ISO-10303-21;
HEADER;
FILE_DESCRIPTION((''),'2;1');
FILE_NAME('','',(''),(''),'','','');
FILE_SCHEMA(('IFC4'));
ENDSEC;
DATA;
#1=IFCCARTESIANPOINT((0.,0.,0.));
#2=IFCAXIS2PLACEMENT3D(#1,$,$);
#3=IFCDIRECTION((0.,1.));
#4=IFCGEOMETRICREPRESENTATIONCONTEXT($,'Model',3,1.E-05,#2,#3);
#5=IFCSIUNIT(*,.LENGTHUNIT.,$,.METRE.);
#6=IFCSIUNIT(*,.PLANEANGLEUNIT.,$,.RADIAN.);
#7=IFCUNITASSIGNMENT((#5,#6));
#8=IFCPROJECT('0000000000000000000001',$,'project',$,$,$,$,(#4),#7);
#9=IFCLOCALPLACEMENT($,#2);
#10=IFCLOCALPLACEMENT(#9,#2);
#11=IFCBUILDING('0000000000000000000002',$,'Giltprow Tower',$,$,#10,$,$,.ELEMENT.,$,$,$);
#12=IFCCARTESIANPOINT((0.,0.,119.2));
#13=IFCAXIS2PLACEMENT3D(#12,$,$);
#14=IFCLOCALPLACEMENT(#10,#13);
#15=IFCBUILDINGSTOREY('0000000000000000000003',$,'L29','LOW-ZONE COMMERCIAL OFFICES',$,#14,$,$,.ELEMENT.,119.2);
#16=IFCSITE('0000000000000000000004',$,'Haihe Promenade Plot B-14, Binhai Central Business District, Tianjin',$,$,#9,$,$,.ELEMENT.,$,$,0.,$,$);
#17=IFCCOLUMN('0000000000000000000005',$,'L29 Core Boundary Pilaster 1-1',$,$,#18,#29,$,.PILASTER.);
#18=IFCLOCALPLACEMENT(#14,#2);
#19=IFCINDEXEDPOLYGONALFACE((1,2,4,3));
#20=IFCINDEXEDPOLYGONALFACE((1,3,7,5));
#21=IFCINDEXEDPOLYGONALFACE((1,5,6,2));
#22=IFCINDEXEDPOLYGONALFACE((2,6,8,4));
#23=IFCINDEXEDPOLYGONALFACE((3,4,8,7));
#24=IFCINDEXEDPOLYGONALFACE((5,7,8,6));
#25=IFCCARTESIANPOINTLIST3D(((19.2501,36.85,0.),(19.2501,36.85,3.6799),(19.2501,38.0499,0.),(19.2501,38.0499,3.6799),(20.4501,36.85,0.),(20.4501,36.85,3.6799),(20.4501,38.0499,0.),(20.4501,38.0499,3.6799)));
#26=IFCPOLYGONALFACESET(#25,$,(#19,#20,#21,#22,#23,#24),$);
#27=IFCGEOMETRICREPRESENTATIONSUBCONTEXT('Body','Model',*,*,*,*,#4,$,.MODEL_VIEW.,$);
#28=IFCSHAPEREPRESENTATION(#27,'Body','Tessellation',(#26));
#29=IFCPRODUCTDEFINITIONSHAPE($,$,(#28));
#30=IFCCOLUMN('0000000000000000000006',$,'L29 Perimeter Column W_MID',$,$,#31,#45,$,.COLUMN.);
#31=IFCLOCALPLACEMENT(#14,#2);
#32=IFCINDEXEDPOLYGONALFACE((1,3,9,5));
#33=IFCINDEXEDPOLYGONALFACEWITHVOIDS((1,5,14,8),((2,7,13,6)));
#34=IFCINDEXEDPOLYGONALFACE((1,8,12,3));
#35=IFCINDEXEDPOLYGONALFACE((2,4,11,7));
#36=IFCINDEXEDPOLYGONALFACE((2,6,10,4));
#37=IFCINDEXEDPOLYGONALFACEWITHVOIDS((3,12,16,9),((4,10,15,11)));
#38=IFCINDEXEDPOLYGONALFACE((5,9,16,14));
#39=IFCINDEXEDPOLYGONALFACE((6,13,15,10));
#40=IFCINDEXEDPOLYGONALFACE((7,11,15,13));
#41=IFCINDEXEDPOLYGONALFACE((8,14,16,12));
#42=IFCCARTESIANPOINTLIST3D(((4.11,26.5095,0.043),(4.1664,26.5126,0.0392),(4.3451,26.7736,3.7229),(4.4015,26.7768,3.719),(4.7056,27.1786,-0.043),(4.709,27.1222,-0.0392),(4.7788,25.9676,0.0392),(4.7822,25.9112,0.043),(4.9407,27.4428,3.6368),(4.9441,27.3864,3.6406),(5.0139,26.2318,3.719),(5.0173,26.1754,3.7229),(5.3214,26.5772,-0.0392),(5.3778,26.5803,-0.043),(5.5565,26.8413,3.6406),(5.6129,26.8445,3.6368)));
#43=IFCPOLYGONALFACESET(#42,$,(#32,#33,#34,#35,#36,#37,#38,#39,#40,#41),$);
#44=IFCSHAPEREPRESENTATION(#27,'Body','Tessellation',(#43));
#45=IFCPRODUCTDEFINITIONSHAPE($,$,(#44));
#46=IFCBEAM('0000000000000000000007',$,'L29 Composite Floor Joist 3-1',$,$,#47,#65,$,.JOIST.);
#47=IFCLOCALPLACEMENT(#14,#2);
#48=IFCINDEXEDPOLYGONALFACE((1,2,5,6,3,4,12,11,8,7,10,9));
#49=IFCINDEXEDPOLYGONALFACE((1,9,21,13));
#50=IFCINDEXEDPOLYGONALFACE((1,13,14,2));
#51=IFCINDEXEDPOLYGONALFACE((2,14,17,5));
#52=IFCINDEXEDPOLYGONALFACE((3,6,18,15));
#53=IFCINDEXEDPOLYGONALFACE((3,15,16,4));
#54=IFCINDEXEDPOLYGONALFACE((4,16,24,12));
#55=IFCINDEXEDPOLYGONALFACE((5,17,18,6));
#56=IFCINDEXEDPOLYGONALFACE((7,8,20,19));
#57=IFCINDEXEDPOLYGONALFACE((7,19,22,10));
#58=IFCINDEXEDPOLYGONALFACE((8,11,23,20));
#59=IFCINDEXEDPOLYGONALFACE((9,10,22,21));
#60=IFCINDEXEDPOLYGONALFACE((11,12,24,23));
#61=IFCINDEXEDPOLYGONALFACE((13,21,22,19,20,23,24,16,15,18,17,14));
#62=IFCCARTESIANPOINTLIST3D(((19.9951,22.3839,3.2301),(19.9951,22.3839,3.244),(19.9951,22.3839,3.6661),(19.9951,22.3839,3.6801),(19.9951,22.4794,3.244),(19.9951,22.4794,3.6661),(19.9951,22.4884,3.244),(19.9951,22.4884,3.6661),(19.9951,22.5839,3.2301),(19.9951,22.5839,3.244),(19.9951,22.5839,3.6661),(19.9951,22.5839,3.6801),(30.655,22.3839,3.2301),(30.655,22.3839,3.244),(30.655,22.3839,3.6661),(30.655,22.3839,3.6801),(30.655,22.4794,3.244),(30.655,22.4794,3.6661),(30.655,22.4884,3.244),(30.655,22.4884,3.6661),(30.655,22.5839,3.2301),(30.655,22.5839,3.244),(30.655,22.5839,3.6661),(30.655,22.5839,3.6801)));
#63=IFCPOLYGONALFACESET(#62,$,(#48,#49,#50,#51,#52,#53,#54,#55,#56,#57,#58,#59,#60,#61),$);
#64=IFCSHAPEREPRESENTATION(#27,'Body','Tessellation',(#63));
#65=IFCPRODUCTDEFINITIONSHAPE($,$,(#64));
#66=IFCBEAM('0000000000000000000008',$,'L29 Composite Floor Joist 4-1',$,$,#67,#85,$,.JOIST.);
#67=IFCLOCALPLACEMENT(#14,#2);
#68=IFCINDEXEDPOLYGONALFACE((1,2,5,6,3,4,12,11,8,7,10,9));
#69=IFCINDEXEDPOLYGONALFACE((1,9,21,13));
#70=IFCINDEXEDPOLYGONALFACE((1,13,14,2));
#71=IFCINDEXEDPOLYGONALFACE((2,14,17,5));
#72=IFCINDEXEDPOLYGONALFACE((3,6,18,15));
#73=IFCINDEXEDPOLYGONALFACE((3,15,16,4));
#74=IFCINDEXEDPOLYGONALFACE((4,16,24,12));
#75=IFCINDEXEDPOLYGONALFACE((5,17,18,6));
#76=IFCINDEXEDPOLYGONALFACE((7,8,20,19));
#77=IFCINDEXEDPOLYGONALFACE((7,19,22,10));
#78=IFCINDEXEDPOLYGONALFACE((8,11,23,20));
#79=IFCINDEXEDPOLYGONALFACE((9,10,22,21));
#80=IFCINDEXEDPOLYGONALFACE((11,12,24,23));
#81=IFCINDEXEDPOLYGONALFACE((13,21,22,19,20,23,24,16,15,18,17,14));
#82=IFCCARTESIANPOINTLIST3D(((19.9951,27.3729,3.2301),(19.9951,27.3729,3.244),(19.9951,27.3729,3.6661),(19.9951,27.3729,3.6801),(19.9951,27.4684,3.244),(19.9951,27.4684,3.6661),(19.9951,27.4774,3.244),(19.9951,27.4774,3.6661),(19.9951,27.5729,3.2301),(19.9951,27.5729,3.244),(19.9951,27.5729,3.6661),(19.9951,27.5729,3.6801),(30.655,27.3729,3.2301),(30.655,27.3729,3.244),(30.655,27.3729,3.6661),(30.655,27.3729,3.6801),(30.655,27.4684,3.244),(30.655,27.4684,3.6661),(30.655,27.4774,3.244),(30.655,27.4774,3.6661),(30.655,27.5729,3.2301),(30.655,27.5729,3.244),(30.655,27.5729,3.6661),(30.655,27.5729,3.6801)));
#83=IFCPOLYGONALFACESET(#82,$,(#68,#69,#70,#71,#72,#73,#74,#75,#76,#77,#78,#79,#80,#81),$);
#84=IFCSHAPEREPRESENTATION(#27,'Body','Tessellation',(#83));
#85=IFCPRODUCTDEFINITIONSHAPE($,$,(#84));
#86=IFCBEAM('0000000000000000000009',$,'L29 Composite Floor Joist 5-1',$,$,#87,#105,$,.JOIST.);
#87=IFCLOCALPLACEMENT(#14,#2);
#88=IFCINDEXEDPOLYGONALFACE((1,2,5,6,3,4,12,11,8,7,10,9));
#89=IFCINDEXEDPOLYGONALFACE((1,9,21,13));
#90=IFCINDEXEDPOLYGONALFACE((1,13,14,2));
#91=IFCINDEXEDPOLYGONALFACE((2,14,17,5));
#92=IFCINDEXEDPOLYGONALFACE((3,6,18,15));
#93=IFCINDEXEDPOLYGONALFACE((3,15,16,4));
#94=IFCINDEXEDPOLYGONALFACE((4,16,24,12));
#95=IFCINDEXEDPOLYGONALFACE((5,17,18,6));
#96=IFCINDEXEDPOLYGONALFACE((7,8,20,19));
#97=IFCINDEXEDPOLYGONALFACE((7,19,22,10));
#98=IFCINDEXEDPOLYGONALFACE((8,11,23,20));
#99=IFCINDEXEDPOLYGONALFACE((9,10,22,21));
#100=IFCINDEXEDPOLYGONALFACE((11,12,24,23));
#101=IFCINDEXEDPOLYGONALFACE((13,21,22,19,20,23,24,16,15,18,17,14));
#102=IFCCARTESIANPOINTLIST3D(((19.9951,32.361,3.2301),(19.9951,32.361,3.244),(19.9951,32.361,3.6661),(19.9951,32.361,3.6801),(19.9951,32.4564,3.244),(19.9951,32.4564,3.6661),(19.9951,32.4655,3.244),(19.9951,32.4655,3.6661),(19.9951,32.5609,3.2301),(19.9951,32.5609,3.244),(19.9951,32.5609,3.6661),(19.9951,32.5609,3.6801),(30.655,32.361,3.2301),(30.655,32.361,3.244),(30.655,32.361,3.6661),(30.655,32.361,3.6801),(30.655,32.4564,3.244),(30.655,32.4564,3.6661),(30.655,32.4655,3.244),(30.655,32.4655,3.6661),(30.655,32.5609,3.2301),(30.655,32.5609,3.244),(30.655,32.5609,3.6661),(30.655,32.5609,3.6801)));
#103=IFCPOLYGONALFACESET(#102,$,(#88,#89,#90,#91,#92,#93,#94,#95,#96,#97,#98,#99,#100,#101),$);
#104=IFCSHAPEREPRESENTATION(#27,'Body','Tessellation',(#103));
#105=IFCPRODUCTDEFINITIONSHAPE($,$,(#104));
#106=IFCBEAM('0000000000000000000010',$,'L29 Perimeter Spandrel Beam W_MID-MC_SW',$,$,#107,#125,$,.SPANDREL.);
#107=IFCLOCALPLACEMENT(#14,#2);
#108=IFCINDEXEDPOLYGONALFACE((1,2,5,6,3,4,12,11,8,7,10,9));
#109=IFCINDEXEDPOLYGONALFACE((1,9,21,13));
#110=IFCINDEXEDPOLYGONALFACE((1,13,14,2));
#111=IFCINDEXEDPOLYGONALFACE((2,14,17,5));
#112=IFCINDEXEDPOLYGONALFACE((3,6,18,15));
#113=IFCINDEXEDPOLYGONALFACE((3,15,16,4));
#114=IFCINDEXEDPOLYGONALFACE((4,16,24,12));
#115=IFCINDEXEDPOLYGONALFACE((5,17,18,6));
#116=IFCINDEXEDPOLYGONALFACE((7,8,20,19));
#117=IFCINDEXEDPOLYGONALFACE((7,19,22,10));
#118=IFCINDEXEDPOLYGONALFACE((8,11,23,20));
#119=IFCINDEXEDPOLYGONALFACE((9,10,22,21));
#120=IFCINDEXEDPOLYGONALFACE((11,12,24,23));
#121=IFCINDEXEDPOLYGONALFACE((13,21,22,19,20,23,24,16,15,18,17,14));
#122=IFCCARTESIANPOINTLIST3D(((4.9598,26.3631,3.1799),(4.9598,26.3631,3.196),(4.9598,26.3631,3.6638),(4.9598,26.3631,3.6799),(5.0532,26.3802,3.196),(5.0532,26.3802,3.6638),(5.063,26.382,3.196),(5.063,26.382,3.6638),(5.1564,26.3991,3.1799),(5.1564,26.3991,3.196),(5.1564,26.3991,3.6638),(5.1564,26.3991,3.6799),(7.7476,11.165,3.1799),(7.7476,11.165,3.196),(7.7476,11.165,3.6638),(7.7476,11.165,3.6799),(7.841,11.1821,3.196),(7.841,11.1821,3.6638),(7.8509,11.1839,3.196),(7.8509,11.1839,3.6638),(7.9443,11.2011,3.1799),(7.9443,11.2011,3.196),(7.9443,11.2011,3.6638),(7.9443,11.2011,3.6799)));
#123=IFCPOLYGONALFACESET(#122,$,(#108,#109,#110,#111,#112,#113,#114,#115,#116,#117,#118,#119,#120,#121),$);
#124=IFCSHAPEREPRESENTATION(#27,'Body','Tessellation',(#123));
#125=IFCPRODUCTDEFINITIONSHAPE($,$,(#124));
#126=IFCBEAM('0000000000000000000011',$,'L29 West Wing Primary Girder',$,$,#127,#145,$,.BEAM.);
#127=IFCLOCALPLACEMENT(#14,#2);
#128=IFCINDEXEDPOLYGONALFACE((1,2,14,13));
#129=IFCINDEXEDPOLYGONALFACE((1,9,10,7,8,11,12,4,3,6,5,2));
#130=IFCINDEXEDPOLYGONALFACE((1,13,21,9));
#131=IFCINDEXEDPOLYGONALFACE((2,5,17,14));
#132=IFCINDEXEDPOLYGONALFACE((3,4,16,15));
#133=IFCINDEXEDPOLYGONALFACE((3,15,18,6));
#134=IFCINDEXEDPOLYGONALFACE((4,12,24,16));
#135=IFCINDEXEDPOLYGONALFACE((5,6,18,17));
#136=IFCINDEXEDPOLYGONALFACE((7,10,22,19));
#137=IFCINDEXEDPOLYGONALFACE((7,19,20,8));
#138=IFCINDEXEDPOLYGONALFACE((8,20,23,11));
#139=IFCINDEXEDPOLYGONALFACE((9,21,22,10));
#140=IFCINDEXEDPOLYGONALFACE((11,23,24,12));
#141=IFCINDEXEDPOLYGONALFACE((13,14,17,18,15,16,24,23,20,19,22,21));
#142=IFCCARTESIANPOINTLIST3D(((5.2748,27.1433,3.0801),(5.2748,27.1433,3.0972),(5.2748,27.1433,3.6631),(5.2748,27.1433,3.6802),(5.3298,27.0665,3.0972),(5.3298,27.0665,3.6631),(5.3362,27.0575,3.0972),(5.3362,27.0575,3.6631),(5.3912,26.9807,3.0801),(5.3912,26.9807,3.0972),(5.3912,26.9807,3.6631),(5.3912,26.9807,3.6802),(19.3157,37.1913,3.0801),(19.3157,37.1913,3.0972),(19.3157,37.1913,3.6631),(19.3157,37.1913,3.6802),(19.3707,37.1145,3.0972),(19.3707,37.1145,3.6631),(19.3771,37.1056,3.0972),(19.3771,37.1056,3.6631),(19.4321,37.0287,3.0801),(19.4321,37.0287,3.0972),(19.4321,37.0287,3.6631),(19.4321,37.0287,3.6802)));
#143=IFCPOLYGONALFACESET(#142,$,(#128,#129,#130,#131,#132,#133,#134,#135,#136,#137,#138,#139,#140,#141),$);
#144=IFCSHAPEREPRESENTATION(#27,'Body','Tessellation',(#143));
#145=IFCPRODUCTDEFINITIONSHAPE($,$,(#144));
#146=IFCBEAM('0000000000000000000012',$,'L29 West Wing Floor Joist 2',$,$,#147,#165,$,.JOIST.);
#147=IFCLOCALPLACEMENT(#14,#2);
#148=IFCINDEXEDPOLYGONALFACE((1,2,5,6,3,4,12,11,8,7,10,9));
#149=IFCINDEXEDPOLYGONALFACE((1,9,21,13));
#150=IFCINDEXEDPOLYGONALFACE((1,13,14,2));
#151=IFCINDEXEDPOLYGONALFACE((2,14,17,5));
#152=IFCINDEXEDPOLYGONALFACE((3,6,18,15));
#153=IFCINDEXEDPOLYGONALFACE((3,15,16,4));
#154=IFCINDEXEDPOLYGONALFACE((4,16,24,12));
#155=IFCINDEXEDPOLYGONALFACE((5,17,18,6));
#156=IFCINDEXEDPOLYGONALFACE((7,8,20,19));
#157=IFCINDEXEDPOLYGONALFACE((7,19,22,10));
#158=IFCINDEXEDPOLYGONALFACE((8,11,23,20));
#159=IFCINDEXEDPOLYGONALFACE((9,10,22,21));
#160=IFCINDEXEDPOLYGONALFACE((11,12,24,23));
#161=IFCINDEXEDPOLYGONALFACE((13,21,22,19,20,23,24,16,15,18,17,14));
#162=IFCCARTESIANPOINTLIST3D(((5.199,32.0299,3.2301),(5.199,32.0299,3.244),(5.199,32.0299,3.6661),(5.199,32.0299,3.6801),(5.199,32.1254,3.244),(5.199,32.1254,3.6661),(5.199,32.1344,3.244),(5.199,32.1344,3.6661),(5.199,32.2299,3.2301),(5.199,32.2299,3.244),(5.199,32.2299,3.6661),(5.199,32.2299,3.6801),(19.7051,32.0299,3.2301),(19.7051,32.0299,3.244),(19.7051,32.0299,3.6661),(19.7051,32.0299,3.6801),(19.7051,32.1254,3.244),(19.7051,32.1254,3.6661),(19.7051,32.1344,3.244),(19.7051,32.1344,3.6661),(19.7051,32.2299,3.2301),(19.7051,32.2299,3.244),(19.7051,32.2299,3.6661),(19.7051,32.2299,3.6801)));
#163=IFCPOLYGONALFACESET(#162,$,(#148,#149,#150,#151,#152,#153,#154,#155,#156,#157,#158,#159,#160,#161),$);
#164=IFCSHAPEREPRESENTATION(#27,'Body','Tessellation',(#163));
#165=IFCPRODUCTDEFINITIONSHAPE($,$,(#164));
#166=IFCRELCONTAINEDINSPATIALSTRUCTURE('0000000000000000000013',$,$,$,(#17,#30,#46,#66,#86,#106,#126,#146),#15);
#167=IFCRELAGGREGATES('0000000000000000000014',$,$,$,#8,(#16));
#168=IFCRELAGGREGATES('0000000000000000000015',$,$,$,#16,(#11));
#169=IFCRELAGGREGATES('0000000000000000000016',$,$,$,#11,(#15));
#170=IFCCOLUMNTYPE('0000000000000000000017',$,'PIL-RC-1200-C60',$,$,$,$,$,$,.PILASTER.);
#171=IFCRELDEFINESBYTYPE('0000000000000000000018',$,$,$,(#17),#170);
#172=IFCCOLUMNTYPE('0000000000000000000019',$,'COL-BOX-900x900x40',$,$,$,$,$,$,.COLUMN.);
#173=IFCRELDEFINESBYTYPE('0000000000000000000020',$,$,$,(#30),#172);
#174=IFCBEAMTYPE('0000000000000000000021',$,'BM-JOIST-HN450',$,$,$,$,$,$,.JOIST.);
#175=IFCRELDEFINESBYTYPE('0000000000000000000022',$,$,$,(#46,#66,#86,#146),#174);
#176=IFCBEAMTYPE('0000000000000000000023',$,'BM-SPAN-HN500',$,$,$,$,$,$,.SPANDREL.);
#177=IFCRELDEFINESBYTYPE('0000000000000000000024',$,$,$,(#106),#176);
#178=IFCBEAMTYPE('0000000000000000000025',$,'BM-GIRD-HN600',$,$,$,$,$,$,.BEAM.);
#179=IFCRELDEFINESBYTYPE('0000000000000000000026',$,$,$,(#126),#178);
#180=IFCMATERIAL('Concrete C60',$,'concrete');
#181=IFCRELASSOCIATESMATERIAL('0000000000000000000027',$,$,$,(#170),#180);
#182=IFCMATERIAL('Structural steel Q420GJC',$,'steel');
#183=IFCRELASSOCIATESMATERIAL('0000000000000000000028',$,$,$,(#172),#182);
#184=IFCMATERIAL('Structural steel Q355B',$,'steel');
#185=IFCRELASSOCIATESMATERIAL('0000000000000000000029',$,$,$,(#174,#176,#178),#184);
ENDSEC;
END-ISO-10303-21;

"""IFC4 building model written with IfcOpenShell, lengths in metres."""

from ifc_helpers import new_model, si_unit, direction, frame, origin, origin_2d, place, context, subcontext, project, spatial, rectangle, hollow_rectangle, i_section, extrude, source, transform, mapped, material, material_profile, profile_set, type_object, element, save


model = new_model("IFC4")

# Units and contexts
model_context = context("Model", 3, precision=1e-05, world=origin(), true_north=direction((0.0, 1.0)))
body_context = subcontext(model_context, "Body", "Model", "MODEL_VIEW")
ifc_project = project(units=[si_unit("LENGTHUNIT", "METRE"), si_unit("PLANEANGLEUNIT", "RADIAN")], contexts=[model_context])

# Site, building, storey
site_placement = place(None, origin())
site = spatial("IfcSite", under=ifc_project, at=site_placement, Name="Haihe Promenade Plot B-14, Binhai Central Business District, Tianjin", CompositionType="ELEMENT", RefElevation=0.0)
building_placement = place(site_placement, origin())
building = spatial("IfcBuilding", under=site, at=building_placement, Name="Giltprow Tower", CompositionType="ELEMENT")
storey_placement = place(building_placement, frame((0.0, 0.0, 119.2)))
storey = spatial("IfcBuildingStorey", under=building, at=storey_placement, Name="L29", Description="LOW-ZONE COMMERCIAL OFFICES", CompositionType="ELEMENT", Elevation=119.2)

# Columns
ifc_material_1 = material(Name="Concrete C60", Category="concrete")
ifc_material_profile_1 = material_profile(ifc_material_1, rectangle(XDim=1.2, YDim=1.2, at=origin_2d()), Name="RC 1200x1200")
ifc_profile_set_1 = profile_set([ifc_material_profile_1], Name="Concrete C60")
column_type_1 = type_object("IfcColumnType", Name="PIL-RC-1200-C60", PredefinedType="PILASTER", material=ifc_profile_set_1)
shared_shape_1 = source(origin(), body_context, "Body", "SweptSolid", [
    extrude(rectangle(XDim=1.2, YDim=1.2, at=origin_2d()), origin(), (0.0, 0.0, 1.0), 3.6799),
])
column_1_placement = place(storey_placement, frame((19.8501, 37.45, 0.0), z_axis=(0.0, 0.0, 1.0), x_axis=(1.0, 0.0, 0.0)))
element("IfcColumn", 1, at=column_1_placement, inside=storey, type_object=column_type_1, Name="L29 Core Boundary Pilaster 1-1", PredefinedType="PILASTER", context=body_context, shape_type="MappedRepresentation", body=[
    mapped(shared_shape_1, transform((0.0, 0.0, 0.0), x_axis=(1.0, 0.0, 0.0), y_axis=(0.0, 1.0, 0.0), z_axis=(0.0, 0.0, 1.0), scale=1.0)),
])
ifc_material_2 = material(Name="Structural steel Q420GJC", Category="steel")
ifc_material_profile_2 = material_profile(ifc_material_2, hollow_rectangle(XDim=0.8999, YDim=0.8999, WallThickness=0.04, at=origin_2d()), Name="BOX 900x900x40")
ifc_profile_set_2 = profile_set([ifc_material_profile_2], Name="Structural steel Q420GJC")
column_type_2 = type_object("IfcColumnType", Name="COL-BOX-900x900x40", PredefinedType="COLUMN", material=ifc_profile_set_2)
shared_shape_2 = source(origin(), body_context, "Body", "SweptSolid", [
    extrude(hollow_rectangle(XDim=0.8999, YDim=0.8999, WallThickness=0.04, at=origin_2d()), origin(), (0.0, 0.0, 1.0), 3.6968),
])
column_2_placement = place(storey_placement, frame((4.7439, 26.5449, 0.0), z_axis=(0.063596, 0.071455, 0.995414), x_axis=(-0.74699, 0.664835, 0.0)))
element("IfcColumn", 2, at=column_2_placement, inside=storey, type_object=column_type_2, Name="L29 Perimeter Column W_MID", PredefinedType="COLUMN", context=body_context, shape_type="MappedRepresentation", body=[
    mapped(shared_shape_2, transform((0.0, 0.0, 0.0), x_axis=(1.0, 0.0, 0.0), y_axis=(0.0, 1.0, 0.0), z_axis=(0.0, 0.0, 1.0), scale=1.0)),
])

# Beams
ifc_material_3 = material(Name="Structural steel Q355B", Category="steel")
ifc_material_profile_3 = material_profile(ifc_material_3, i_section(OverallWidth=0.2, OverallDepth=0.45, WebThickness=0.009, FlangeThickness=0.0139, at=origin_2d()), Name="HN 450x200x9x14")
ifc_profile_set_3 = profile_set([ifc_material_profile_3], Name="Structural steel Q355B")
beam_type_1 = type_object("IfcBeamType", Name="BM-JOIST-HN450", PredefinedType="JOIST", material=ifc_profile_set_3)
shared_shape_3 = source(origin(), body_context, "Body", "SweptSolid", [
    extrude(i_section(OverallWidth=0.2, OverallDepth=0.45, WebThickness=0.009, FlangeThickness=0.0139, at=origin_2d()), origin(), (0.0, 0.0, 1.0), 10.6599),
])
for number, where, z_axis, x_axis, name in (
    (3, (19.9951, 22.4839, 3.4551), (1.0, 0.0, 0.0), (0.0, 1.0, 0.0), "L29 Composite Floor Joist 3-1"),
    (4, (19.9951, 27.4729, 3.4551), (1.0, 0.0, 0.0), (0.0, 1.0, 0.0), "L29 Composite Floor Joist 4-1"),
    (5, (19.9951, 32.4609, 3.4551), (1.0, 0.0, 0.0), (0.0, 1.0, 0.0), "L29 Composite Floor Joist 5-1"),
):
    element("IfcBeam", number, at=place(storey_placement, frame(where, z_axis=z_axis, x_axis=x_axis)), inside=storey, type_object=beam_type_1, Name=name, PredefinedType="JOIST", context=body_context, shape_type="MappedRepresentation", body=[
        mapped(shared_shape_3, transform((0.0, 0.0, 0.0), x_axis=(1.0, 0.0, 0.0), y_axis=(0.0, 1.0, 0.0), z_axis=(0.0, 0.0, 1.0), scale=1.0)),
    ])
ifc_material_profile_4 = material_profile(ifc_material_3, i_section(OverallWidth=0.2, OverallDepth=0.5, WebThickness=0.01, FlangeThickness=0.0161, at=origin_2d()), Name="HN 500x200x10x16")
ifc_profile_set_4 = profile_set([ifc_material_profile_4], Name="Structural steel Q355B")
beam_type_2 = type_object("IfcBeamType", Name="BM-SPAN-HN500", PredefinedType="SPANDREL", material=ifc_profile_set_4)
shared_shape_4 = source(origin(), body_context, "Body", "SweptSolid", [
    extrude(i_section(OverallWidth=0.2, OverallDepth=0.5, WebThickness=0.01, FlangeThickness=0.0161, at=origin_2d()), origin(), (0.0, 0.0, 1.0), 15.4517),
])
beam_1_placement = place(storey_placement, frame((5.0581, 26.3811, 3.4299), z_axis=(0.180424, -0.983589, 0.0), x_axis=(0.983589, 0.180424, 0.0)))
element("IfcBeam", 6, at=beam_1_placement, inside=storey, type_object=beam_type_2, Name="L29 Perimeter Spandrel Beam W_MID-MC_SW", PredefinedType="SPANDREL", context=body_context, shape_type="MappedRepresentation", body=[
    mapped(shared_shape_4, transform((0.0, 0.0, 0.0), x_axis=(1.0, 0.0, 0.0), y_axis=(0.0, 1.0, 0.0), z_axis=(0.0, 0.0, 1.0), scale=1.0)),
])
ifc_material_profile_5 = material_profile(ifc_material_3, i_section(OverallWidth=0.2, OverallDepth=0.6001, WebThickness=0.011, FlangeThickness=0.0171, at=origin_2d()), Name="HN 600x200x11x17")
ifc_profile_set_5 = profile_set([ifc_material_profile_5], Name="Structural steel Q355B")
beam_type_3 = type_object("IfcBeamType", Name="BM-GIRD-HN600", PredefinedType="BEAM", material=ifc_profile_set_5)
shared_shape_5 = source(origin(), body_context, "Body", "SweptSolid", [
    extrude(i_section(OverallWidth=0.2, OverallDepth=0.6001, WebThickness=0.011, FlangeThickness=0.0171, at=origin_2d()), origin(), (0.0, 0.0, 1.0), 17.2659),
])
beam_2_placement = place(storey_placement, frame((5.333, 27.062, 3.3801), z_axis=(0.813218, 0.581959, 0.0), x_axis=(-0.581959, 0.813218, 0.0)))
element("IfcBeam", 7, at=beam_2_placement, inside=storey, type_object=beam_type_3, Name="L29 West Wing Primary Girder", PredefinedType="BEAM", context=body_context, shape_type="MappedRepresentation", body=[
    mapped(shared_shape_5, transform((0.0, 0.0, 0.0), x_axis=(1.0, 0.0, 0.0), y_axis=(0.0, 1.0, 0.0), z_axis=(0.0, 0.0, 1.0), scale=1.0)),
])
shared_shape_6 = source(origin(), body_context, "Body", "SweptSolid", [
    extrude(i_section(OverallWidth=0.2, OverallDepth=0.45, WebThickness=0.009, FlangeThickness=0.0139, at=origin_2d()), origin(), (0.0, 0.0, 1.0), 14.5061),
])
beam_3_placement = place(storey_placement, frame((5.199, 32.1299, 3.4551), z_axis=(1.0, 0.0, 0.0), x_axis=(0.0, 1.0, 0.0)))
element("IfcBeam", 8, at=beam_3_placement, inside=storey, type_object=beam_type_1, Name="L29 West Wing Floor Joist 2", PredefinedType="JOIST", context=body_context, shape_type="MappedRepresentation", body=[
    mapped(shared_shape_6, transform((0.0, 0.0, 0.0), x_axis=(1.0, 0.0, 0.0), y_axis=(0.0, 1.0, 0.0), z_axis=(0.0, 0.0, 1.0), scale=1.0)),
])

save(model, "model.ifc")
